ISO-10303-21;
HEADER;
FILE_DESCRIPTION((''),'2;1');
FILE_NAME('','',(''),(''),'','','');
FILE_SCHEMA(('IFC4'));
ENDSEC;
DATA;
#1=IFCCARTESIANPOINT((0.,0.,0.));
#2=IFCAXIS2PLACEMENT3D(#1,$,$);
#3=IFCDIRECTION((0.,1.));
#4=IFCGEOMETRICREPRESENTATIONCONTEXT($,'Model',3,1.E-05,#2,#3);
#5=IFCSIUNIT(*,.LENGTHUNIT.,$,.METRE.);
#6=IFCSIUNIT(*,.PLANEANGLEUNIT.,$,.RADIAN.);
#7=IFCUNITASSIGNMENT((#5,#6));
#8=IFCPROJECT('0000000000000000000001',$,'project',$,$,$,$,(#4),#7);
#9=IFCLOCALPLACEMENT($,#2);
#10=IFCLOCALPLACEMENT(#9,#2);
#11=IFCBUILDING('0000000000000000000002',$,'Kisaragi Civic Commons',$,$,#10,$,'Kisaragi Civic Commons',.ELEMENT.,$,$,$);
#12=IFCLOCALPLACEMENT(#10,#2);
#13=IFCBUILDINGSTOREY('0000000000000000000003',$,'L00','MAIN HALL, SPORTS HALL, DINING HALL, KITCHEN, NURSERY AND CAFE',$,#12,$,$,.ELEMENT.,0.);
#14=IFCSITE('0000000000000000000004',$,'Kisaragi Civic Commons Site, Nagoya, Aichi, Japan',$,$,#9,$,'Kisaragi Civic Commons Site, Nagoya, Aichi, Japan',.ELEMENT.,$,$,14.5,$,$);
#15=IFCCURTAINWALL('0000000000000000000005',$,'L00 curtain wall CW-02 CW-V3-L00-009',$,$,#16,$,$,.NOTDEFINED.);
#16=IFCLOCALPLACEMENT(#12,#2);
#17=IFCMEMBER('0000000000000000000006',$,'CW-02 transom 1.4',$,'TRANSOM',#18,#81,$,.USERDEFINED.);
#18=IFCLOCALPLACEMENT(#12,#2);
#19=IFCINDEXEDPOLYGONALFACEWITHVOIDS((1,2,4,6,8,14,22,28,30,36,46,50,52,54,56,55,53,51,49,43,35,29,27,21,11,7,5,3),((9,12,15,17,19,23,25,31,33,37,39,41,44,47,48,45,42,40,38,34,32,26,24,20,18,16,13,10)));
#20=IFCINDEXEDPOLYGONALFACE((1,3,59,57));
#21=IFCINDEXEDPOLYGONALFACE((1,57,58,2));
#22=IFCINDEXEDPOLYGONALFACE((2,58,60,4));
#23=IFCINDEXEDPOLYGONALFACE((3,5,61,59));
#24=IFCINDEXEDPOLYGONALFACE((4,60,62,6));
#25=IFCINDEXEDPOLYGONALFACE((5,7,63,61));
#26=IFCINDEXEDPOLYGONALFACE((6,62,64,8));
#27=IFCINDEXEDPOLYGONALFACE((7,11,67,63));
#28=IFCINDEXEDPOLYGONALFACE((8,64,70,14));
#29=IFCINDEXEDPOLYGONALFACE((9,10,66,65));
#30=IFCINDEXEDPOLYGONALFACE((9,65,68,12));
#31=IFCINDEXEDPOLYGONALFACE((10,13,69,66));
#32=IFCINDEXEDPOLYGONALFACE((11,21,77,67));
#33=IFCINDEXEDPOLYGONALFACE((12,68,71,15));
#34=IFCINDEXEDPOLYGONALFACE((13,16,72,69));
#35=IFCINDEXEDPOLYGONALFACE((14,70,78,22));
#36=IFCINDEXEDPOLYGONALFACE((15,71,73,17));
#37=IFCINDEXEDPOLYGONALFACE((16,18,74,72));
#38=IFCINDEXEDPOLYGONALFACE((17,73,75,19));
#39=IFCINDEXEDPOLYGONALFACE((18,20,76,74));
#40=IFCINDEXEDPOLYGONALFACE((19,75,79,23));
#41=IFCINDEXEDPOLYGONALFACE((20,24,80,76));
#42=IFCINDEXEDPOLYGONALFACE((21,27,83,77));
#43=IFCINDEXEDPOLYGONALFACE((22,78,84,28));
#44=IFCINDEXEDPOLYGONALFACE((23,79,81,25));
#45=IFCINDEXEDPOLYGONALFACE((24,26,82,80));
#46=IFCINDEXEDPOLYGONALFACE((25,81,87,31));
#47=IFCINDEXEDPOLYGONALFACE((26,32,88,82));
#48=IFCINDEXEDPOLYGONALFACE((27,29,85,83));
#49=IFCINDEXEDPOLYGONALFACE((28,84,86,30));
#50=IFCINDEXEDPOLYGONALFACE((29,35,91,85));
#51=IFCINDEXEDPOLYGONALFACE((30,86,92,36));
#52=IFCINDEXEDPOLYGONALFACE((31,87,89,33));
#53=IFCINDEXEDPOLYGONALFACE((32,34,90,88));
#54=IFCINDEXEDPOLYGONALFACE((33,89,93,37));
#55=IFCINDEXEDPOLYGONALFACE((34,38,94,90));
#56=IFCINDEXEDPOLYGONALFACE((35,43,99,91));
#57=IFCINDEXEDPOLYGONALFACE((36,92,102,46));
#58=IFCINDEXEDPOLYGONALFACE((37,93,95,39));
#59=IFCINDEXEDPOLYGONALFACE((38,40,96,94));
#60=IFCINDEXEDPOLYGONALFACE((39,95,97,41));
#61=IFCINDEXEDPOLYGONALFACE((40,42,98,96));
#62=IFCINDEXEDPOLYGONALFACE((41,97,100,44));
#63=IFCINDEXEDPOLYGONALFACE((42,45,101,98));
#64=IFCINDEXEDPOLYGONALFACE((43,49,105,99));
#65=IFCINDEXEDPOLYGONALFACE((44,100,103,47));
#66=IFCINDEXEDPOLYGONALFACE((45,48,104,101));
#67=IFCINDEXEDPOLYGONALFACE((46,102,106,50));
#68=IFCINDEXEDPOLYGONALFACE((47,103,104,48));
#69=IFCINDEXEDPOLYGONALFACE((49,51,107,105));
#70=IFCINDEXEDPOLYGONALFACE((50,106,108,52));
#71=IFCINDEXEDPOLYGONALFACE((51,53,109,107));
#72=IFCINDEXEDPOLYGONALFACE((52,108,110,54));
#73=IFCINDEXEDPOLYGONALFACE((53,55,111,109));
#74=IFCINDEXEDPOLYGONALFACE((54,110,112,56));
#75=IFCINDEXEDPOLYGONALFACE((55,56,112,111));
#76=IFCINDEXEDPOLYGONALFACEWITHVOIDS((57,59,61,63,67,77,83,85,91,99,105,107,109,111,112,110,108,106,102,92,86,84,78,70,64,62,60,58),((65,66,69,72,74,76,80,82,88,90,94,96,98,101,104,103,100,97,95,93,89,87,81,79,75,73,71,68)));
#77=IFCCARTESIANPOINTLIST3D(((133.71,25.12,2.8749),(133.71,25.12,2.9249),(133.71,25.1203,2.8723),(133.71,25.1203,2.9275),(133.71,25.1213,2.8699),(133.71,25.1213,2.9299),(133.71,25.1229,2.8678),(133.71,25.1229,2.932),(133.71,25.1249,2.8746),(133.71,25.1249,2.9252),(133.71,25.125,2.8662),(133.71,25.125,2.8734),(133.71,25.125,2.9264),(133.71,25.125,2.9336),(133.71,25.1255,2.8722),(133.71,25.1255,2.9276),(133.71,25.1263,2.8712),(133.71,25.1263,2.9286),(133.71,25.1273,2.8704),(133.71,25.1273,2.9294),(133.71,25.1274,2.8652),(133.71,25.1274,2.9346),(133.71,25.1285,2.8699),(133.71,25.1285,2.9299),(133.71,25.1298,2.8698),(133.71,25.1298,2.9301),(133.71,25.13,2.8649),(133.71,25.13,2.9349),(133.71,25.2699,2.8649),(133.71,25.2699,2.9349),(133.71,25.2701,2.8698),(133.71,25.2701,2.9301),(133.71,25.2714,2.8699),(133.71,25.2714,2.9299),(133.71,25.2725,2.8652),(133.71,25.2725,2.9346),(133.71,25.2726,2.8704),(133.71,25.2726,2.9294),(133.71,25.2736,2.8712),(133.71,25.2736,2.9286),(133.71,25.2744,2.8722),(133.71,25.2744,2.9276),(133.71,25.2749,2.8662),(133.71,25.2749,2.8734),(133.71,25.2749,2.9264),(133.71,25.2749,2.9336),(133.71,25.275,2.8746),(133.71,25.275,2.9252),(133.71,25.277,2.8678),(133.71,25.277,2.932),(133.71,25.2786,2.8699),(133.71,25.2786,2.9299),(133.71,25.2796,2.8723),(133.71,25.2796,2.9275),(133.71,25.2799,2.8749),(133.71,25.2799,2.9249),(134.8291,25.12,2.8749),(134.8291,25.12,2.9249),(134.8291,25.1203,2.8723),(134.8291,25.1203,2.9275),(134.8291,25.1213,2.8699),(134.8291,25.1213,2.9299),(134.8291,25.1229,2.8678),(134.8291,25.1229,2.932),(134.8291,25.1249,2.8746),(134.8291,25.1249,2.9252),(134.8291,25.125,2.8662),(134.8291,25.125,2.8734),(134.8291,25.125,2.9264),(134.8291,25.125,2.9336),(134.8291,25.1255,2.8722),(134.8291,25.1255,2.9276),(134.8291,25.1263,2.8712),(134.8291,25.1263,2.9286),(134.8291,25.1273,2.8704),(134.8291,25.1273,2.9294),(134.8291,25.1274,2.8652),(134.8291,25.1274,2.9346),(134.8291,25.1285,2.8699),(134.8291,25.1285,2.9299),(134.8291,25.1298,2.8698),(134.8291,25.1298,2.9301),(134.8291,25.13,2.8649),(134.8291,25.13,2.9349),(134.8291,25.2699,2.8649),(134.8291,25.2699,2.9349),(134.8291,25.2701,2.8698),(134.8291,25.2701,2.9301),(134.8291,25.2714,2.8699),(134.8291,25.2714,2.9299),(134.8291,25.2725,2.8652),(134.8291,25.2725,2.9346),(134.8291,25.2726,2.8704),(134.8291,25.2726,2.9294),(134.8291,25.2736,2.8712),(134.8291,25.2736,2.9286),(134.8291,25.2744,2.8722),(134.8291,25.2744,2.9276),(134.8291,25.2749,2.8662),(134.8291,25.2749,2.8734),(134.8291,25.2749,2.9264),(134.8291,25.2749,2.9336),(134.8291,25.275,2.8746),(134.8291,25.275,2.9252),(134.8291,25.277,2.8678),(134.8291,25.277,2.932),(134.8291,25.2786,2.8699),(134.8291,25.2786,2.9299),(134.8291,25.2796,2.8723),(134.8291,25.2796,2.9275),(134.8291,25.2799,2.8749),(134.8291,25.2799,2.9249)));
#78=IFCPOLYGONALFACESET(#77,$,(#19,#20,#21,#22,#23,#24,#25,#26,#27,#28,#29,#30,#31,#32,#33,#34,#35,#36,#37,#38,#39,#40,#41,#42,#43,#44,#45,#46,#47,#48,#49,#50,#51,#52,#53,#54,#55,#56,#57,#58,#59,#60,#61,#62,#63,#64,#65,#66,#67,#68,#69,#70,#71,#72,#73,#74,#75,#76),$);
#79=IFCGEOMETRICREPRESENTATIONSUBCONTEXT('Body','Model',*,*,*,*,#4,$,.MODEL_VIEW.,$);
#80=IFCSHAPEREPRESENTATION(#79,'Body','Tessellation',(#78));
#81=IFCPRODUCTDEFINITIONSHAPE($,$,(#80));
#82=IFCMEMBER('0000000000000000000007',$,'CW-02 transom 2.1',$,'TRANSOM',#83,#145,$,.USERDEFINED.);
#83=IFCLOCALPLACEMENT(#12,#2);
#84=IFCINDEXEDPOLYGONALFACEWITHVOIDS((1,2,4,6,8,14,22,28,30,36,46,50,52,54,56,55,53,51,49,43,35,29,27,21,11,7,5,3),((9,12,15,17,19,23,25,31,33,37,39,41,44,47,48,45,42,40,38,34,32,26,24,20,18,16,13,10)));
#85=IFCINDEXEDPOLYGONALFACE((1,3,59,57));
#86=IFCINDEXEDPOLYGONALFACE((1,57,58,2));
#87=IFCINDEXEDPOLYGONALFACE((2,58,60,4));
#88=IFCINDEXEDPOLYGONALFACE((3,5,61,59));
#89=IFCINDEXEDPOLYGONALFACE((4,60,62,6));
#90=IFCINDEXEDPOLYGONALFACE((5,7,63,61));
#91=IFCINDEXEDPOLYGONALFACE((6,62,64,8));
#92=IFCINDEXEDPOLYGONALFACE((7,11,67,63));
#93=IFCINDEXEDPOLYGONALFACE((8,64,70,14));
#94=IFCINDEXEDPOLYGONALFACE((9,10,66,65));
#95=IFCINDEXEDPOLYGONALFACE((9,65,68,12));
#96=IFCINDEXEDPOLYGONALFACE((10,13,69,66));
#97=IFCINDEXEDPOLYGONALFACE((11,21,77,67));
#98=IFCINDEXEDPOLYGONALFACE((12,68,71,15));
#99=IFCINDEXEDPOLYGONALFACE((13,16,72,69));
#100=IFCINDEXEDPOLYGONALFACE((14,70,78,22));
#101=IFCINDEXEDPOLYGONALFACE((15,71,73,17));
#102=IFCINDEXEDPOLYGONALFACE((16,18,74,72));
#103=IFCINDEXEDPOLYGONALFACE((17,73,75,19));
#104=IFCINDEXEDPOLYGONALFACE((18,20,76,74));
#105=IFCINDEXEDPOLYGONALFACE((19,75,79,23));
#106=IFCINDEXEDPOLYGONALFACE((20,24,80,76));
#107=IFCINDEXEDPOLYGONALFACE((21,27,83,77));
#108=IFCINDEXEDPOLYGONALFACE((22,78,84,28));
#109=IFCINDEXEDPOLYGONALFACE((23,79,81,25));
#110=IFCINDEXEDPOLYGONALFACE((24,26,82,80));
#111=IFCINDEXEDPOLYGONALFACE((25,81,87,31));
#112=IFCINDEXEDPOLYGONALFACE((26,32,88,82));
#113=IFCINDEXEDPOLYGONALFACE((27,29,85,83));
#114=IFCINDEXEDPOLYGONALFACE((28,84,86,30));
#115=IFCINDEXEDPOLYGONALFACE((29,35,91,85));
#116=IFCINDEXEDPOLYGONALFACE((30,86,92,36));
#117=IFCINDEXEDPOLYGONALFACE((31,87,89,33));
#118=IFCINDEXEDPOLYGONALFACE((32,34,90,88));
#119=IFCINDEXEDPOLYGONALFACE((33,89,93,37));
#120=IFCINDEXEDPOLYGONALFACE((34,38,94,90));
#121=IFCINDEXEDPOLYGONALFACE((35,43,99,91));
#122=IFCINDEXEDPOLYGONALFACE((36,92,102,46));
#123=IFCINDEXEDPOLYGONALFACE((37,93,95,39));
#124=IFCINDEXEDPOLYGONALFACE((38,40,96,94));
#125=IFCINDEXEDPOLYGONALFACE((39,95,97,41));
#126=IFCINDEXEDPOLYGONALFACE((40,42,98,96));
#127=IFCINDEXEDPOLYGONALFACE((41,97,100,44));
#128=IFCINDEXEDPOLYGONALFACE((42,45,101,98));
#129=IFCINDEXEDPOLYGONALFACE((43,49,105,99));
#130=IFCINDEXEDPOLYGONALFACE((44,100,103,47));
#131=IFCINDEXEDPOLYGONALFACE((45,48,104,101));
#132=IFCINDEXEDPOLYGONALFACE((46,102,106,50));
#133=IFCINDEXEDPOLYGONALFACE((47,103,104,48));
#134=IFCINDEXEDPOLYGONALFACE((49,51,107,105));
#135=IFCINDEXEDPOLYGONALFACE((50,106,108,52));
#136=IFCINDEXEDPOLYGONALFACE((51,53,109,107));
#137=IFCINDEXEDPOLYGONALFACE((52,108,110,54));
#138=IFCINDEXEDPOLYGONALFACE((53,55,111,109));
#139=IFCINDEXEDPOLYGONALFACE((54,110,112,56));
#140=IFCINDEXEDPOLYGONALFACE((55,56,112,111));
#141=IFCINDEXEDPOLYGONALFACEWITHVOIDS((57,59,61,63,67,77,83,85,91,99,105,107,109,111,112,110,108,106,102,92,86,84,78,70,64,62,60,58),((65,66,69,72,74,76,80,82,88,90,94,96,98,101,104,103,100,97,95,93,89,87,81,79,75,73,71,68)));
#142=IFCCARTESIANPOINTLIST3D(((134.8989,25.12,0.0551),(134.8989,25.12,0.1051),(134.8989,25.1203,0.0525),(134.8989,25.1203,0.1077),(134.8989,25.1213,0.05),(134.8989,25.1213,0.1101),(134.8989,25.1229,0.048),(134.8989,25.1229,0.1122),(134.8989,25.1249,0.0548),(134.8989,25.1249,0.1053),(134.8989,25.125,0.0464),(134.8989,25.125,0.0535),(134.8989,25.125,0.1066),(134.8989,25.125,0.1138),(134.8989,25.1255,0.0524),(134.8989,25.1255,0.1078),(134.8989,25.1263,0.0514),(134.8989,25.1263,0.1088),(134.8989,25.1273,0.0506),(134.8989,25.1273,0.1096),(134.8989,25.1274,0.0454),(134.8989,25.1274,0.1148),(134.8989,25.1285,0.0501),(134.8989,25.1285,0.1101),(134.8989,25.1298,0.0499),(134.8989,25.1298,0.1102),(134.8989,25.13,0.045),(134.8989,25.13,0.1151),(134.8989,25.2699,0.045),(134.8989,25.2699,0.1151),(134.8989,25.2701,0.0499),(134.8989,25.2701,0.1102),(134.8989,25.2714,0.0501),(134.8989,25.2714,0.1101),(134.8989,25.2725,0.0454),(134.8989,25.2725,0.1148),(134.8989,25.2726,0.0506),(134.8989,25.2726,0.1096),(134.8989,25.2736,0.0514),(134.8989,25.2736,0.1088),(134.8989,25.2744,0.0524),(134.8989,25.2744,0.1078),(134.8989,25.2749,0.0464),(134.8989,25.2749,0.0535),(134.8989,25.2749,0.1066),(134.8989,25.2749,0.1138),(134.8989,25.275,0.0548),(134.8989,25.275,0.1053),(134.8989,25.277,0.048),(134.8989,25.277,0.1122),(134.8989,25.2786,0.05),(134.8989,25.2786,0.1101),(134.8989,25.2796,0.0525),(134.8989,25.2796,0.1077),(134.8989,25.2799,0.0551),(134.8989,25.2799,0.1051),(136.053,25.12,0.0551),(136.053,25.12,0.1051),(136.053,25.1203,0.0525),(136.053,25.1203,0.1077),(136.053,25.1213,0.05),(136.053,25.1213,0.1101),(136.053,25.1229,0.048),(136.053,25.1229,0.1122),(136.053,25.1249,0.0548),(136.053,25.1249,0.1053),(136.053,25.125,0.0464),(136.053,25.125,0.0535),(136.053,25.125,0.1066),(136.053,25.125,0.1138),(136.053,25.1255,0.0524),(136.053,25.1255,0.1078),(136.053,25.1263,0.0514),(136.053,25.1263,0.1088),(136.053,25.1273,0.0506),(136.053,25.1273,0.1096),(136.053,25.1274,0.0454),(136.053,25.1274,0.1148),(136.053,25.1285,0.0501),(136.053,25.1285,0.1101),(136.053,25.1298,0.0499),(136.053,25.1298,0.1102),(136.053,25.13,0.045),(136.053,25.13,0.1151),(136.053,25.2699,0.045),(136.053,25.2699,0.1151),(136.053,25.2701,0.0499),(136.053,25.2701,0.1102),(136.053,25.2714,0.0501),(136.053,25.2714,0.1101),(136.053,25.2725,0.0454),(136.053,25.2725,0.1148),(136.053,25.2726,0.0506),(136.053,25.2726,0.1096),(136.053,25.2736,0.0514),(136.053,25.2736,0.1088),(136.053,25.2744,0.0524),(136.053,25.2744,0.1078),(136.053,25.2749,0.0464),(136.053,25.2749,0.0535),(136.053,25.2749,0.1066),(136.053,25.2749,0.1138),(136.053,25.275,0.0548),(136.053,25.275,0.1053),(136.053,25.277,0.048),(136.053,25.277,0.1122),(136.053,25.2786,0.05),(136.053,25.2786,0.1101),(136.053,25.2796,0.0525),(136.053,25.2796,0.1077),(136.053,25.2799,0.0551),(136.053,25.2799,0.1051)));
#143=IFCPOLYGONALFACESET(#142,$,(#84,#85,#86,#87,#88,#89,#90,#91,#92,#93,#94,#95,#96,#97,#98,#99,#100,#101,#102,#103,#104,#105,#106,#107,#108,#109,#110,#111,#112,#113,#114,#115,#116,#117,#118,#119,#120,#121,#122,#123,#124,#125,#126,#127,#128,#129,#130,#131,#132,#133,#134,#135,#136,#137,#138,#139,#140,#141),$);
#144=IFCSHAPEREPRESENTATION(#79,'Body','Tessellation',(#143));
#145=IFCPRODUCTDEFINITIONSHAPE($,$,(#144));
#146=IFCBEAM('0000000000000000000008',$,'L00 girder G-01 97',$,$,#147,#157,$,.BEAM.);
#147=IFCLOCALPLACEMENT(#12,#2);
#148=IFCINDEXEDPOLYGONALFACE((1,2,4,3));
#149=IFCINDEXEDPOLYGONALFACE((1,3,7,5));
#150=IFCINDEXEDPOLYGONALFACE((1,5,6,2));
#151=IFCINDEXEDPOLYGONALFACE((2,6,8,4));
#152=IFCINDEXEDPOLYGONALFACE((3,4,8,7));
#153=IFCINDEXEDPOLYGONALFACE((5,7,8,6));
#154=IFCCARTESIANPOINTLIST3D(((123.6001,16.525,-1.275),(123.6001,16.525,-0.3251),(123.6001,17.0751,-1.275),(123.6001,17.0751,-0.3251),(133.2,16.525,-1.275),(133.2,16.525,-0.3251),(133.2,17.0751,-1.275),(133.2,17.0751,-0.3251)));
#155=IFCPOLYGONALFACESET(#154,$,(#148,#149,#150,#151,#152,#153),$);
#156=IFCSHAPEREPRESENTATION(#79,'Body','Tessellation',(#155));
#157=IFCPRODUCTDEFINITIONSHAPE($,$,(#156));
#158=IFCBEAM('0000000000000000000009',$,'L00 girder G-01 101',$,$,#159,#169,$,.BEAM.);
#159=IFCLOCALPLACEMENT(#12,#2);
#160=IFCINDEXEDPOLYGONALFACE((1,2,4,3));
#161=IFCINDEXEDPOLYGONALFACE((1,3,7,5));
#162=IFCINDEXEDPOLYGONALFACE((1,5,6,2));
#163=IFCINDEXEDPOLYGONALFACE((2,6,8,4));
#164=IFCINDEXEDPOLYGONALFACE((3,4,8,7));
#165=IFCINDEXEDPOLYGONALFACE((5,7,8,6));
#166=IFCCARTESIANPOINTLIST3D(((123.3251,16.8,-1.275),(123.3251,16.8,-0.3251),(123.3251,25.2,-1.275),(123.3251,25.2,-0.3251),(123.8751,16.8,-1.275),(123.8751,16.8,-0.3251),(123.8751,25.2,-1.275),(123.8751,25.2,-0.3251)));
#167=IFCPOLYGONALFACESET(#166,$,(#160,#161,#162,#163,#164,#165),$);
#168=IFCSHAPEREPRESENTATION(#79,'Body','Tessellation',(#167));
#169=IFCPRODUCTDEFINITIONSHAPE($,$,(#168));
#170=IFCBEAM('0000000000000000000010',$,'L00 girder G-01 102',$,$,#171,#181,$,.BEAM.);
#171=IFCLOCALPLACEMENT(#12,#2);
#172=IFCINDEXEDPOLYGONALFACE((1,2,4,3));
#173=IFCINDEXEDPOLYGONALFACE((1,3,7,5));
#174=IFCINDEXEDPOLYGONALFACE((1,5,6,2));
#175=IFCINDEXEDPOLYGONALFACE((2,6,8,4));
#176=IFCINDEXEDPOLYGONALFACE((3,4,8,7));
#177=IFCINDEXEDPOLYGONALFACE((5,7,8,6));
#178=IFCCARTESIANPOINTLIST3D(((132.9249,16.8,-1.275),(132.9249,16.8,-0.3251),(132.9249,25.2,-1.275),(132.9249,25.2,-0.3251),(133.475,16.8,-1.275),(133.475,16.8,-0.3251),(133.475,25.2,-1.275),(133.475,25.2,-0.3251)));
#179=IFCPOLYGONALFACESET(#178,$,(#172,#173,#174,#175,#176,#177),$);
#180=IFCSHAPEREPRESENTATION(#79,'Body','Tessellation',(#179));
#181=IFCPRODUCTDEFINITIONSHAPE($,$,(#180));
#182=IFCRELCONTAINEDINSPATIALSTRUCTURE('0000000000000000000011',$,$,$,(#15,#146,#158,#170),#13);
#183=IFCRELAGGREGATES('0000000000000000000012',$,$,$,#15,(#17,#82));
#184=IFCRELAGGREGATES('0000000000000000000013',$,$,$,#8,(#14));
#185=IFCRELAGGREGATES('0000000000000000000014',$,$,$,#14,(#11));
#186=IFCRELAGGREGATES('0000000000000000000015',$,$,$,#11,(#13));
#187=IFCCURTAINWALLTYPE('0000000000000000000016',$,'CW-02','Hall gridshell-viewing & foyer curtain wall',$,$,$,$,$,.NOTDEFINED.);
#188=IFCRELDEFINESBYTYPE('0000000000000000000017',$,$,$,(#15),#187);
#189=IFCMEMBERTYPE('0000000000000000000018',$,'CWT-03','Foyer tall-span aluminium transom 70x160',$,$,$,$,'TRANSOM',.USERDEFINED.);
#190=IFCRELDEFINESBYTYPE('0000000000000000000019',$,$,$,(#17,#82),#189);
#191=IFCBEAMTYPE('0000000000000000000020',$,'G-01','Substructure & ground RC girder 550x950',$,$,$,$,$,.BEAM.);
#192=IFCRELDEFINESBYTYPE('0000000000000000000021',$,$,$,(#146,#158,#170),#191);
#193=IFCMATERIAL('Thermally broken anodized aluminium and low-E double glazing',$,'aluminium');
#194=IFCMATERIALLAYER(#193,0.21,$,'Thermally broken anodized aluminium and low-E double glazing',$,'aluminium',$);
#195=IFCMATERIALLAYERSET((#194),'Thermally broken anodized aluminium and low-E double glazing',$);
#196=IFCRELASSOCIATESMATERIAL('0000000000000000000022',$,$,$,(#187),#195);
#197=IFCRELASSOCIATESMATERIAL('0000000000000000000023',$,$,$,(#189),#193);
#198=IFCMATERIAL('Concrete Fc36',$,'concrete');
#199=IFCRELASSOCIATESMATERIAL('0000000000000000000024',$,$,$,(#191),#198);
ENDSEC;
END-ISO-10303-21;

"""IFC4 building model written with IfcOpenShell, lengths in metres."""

from ifc_helpers import new_model, si_unit, direction, frame, origin, origin_2d, place, context, subcontext, project, spatial, rectangle, hollow_rectangle, extrude, material, layer, layer_set, material_profile, profile_set, type_object, element, aggregate, save


model = new_model("IFC4")

# Units and contexts
model_context = context("Model", 3, precision=1e-05, world=origin(), true_north=direction((0.0, 1.0)))
body_context = subcontext(model_context, "Body", "Model", "MODEL_VIEW")
ifc_project = project(units=[si_unit("LENGTHUNIT", "METRE"), si_unit("PLANEANGLEUNIT", "RADIAN")], contexts=[model_context])

# Site, building, storey
site_placement = place(None, origin())
site = spatial("IfcSite", under=ifc_project, at=site_placement, Name="Kisaragi Civic Commons Site, Nagoya, Aichi, Japan", LongName="Kisaragi Civic Commons Site, Nagoya, Aichi, Japan", CompositionType="ELEMENT", RefElevation=14.5)
building_placement = place(site_placement, origin())
building = spatial("IfcBuilding", under=site, at=building_placement, Name="Kisaragi Civic Commons", LongName="Kisaragi Civic Commons", CompositionType="ELEMENT")
storey_placement = place(building_placement, origin())
storey = spatial("IfcBuildingStorey", under=building, at=storey_placement, Name="L00", Description="MAIN HALL, SPORTS HALL, DINING HALL, KITCHEN, NURSERY AND CAFE", CompositionType="ELEMENT", Elevation=0.0)

# Shared definitions
ifc_material_1 = material(Name="Concrete Fc36", Category="concrete")

# Curtain wall, members
ifc_material_2 = material(Name="Thermally broken anodized aluminium and low-E double glazing", Category="aluminium")
ifc_layer_1 = layer(ifc_material_2, 0.21, Name="Thermally broken anodized aluminium and low-E double glazing", Category="aluminium")
ifc_layer_set_1 = layer_set([ifc_layer_1], Name="Thermally broken anodized aluminium and low-E double glazing")
curtain_wall_type = type_object("IfcCurtainWallType", Name="CW-02", Description="Hall gridshell-viewing & foyer curtain wall", PredefinedType="NOTDEFINED", material=ifc_layer_set_1)
curtain_wall_placement = place(storey_placement, origin())
curtain_wall = element("IfcCurtainWall", 1, at=curtain_wall_placement, inside=storey, type_object=curtain_wall_type, Name="L00 curtain wall CW-02 CW-V3-L00-009", PredefinedType="NOTDEFINED")
ifc_material_profile_1 = material_profile(ifc_material_2, hollow_rectangle(XDim=0.1599, YDim=0.0701, WallThickness=0.0049, InnerFilletRadius=0.0049, OuterFilletRadius=0.01, at=origin_2d()), Name="CWT-70x160x5", Category="aluminium")
ifc_profile_set_1 = profile_set([ifc_material_profile_1], Name="Thermally broken anodized aluminium and low-E double glazing")
member_type_1 = type_object("IfcMemberType", Name="CWT-03", Description="Foyer tall-span aluminium transom 70x160", ElementType="TRANSOM", PredefinedType="USERDEFINED", material=ifc_profile_set_1)
member_1_placement = place(storey_placement, frame((133.71, 25.2, 2.8999), z_axis=(1.0, 0.0, 0.0), x_axis=(0.0, 1.0, 0.0)))
member_1 = element("IfcMember", 2, at=member_1_placement, type_object=member_type_1, Name="CW-02 transom 1.4", ObjectType="TRANSOM", PredefinedType="USERDEFINED", context=body_context, shape_type="SweptSolid", body=[
    extrude(hollow_rectangle(XDim=0.1599, YDim=0.0701, WallThickness=0.0049, InnerFilletRadius=0.0049, OuterFilletRadius=0.01, at=origin_2d()), origin(), (0.0, 0.0, 1.0), 1.1191),
])
member_2_placement = place(storey_placement, frame((134.8989, 25.2, 0.0801), z_axis=(1.0, 0.0, 0.0), x_axis=(0.0, 1.0, 0.0)))
member_2 = element("IfcMember", 3, at=member_2_placement, type_object=member_type_1, Name="CW-02 transom 2.1", ObjectType="TRANSOM", PredefinedType="USERDEFINED", context=body_context, shape_type="SweptSolid", body=[
    extrude(hollow_rectangle(XDim=0.1599, YDim=0.0701, WallThickness=0.0049, InnerFilletRadius=0.0049, OuterFilletRadius=0.01, at=origin_2d()), origin(), (0.0, 0.0, 1.0), 1.1541),
])

# Beams
ifc_material_profile_2 = material_profile(ifc_material_1, rectangle(XDim=0.55, YDim=0.95, at=origin_2d()), Name="RC-550x950", Category="concrete")
ifc_profile_set_2 = profile_set([ifc_material_profile_2], Name="Concrete Fc36")
beam_type_1 = type_object("IfcBeamType", Name="G-01", Description="Substructure & ground RC girder 550x950", PredefinedType="BEAM", material=ifc_profile_set_2)
beam_1_placement = place(storey_placement, frame((123.6001, 16.8, -0.8), z_axis=(1.0, 0.0, 0.0), x_axis=(0.0, 1.0, 0.0)))
element("IfcBeam", 4, at=beam_1_placement, inside=storey, type_object=beam_type_1, Name="L00 girder G-01 97", PredefinedType="BEAM", context=body_context, shape_type="SweptSolid", body=[
    extrude(rectangle(XDim=0.55, YDim=0.95, at=origin_2d()), origin(), (0.0, 0.0, 1.0), 9.5999),
])
for number, where, z_axis, x_axis, name in (
    (5, (123.6001, 16.8, -0.8), (0.0, 1.0, 0.0), (-1.0, 0.0, 0.0), "L00 girder G-01 101"),
    (6, (133.2, 16.8, -0.8), (0.0, 1.0, 0.0), (-1.0, 0.0, 0.0), "L00 girder G-01 102"),
):
    element("IfcBeam", number, at=place(storey_placement, frame(where, z_axis=z_axis, x_axis=x_axis)), inside=storey, type_object=beam_type_1, Name=name, PredefinedType="BEAM", context=body_context, shape_type="SweptSolid", body=[
        extrude(rectangle(XDim=0.55, YDim=0.95, at=origin_2d()), origin(), (0.0, 0.0, 1.0), 8.3999),
    ])

aggregate(curtain_wall, [member_1, member_2])

save(model, "model.ifc")
